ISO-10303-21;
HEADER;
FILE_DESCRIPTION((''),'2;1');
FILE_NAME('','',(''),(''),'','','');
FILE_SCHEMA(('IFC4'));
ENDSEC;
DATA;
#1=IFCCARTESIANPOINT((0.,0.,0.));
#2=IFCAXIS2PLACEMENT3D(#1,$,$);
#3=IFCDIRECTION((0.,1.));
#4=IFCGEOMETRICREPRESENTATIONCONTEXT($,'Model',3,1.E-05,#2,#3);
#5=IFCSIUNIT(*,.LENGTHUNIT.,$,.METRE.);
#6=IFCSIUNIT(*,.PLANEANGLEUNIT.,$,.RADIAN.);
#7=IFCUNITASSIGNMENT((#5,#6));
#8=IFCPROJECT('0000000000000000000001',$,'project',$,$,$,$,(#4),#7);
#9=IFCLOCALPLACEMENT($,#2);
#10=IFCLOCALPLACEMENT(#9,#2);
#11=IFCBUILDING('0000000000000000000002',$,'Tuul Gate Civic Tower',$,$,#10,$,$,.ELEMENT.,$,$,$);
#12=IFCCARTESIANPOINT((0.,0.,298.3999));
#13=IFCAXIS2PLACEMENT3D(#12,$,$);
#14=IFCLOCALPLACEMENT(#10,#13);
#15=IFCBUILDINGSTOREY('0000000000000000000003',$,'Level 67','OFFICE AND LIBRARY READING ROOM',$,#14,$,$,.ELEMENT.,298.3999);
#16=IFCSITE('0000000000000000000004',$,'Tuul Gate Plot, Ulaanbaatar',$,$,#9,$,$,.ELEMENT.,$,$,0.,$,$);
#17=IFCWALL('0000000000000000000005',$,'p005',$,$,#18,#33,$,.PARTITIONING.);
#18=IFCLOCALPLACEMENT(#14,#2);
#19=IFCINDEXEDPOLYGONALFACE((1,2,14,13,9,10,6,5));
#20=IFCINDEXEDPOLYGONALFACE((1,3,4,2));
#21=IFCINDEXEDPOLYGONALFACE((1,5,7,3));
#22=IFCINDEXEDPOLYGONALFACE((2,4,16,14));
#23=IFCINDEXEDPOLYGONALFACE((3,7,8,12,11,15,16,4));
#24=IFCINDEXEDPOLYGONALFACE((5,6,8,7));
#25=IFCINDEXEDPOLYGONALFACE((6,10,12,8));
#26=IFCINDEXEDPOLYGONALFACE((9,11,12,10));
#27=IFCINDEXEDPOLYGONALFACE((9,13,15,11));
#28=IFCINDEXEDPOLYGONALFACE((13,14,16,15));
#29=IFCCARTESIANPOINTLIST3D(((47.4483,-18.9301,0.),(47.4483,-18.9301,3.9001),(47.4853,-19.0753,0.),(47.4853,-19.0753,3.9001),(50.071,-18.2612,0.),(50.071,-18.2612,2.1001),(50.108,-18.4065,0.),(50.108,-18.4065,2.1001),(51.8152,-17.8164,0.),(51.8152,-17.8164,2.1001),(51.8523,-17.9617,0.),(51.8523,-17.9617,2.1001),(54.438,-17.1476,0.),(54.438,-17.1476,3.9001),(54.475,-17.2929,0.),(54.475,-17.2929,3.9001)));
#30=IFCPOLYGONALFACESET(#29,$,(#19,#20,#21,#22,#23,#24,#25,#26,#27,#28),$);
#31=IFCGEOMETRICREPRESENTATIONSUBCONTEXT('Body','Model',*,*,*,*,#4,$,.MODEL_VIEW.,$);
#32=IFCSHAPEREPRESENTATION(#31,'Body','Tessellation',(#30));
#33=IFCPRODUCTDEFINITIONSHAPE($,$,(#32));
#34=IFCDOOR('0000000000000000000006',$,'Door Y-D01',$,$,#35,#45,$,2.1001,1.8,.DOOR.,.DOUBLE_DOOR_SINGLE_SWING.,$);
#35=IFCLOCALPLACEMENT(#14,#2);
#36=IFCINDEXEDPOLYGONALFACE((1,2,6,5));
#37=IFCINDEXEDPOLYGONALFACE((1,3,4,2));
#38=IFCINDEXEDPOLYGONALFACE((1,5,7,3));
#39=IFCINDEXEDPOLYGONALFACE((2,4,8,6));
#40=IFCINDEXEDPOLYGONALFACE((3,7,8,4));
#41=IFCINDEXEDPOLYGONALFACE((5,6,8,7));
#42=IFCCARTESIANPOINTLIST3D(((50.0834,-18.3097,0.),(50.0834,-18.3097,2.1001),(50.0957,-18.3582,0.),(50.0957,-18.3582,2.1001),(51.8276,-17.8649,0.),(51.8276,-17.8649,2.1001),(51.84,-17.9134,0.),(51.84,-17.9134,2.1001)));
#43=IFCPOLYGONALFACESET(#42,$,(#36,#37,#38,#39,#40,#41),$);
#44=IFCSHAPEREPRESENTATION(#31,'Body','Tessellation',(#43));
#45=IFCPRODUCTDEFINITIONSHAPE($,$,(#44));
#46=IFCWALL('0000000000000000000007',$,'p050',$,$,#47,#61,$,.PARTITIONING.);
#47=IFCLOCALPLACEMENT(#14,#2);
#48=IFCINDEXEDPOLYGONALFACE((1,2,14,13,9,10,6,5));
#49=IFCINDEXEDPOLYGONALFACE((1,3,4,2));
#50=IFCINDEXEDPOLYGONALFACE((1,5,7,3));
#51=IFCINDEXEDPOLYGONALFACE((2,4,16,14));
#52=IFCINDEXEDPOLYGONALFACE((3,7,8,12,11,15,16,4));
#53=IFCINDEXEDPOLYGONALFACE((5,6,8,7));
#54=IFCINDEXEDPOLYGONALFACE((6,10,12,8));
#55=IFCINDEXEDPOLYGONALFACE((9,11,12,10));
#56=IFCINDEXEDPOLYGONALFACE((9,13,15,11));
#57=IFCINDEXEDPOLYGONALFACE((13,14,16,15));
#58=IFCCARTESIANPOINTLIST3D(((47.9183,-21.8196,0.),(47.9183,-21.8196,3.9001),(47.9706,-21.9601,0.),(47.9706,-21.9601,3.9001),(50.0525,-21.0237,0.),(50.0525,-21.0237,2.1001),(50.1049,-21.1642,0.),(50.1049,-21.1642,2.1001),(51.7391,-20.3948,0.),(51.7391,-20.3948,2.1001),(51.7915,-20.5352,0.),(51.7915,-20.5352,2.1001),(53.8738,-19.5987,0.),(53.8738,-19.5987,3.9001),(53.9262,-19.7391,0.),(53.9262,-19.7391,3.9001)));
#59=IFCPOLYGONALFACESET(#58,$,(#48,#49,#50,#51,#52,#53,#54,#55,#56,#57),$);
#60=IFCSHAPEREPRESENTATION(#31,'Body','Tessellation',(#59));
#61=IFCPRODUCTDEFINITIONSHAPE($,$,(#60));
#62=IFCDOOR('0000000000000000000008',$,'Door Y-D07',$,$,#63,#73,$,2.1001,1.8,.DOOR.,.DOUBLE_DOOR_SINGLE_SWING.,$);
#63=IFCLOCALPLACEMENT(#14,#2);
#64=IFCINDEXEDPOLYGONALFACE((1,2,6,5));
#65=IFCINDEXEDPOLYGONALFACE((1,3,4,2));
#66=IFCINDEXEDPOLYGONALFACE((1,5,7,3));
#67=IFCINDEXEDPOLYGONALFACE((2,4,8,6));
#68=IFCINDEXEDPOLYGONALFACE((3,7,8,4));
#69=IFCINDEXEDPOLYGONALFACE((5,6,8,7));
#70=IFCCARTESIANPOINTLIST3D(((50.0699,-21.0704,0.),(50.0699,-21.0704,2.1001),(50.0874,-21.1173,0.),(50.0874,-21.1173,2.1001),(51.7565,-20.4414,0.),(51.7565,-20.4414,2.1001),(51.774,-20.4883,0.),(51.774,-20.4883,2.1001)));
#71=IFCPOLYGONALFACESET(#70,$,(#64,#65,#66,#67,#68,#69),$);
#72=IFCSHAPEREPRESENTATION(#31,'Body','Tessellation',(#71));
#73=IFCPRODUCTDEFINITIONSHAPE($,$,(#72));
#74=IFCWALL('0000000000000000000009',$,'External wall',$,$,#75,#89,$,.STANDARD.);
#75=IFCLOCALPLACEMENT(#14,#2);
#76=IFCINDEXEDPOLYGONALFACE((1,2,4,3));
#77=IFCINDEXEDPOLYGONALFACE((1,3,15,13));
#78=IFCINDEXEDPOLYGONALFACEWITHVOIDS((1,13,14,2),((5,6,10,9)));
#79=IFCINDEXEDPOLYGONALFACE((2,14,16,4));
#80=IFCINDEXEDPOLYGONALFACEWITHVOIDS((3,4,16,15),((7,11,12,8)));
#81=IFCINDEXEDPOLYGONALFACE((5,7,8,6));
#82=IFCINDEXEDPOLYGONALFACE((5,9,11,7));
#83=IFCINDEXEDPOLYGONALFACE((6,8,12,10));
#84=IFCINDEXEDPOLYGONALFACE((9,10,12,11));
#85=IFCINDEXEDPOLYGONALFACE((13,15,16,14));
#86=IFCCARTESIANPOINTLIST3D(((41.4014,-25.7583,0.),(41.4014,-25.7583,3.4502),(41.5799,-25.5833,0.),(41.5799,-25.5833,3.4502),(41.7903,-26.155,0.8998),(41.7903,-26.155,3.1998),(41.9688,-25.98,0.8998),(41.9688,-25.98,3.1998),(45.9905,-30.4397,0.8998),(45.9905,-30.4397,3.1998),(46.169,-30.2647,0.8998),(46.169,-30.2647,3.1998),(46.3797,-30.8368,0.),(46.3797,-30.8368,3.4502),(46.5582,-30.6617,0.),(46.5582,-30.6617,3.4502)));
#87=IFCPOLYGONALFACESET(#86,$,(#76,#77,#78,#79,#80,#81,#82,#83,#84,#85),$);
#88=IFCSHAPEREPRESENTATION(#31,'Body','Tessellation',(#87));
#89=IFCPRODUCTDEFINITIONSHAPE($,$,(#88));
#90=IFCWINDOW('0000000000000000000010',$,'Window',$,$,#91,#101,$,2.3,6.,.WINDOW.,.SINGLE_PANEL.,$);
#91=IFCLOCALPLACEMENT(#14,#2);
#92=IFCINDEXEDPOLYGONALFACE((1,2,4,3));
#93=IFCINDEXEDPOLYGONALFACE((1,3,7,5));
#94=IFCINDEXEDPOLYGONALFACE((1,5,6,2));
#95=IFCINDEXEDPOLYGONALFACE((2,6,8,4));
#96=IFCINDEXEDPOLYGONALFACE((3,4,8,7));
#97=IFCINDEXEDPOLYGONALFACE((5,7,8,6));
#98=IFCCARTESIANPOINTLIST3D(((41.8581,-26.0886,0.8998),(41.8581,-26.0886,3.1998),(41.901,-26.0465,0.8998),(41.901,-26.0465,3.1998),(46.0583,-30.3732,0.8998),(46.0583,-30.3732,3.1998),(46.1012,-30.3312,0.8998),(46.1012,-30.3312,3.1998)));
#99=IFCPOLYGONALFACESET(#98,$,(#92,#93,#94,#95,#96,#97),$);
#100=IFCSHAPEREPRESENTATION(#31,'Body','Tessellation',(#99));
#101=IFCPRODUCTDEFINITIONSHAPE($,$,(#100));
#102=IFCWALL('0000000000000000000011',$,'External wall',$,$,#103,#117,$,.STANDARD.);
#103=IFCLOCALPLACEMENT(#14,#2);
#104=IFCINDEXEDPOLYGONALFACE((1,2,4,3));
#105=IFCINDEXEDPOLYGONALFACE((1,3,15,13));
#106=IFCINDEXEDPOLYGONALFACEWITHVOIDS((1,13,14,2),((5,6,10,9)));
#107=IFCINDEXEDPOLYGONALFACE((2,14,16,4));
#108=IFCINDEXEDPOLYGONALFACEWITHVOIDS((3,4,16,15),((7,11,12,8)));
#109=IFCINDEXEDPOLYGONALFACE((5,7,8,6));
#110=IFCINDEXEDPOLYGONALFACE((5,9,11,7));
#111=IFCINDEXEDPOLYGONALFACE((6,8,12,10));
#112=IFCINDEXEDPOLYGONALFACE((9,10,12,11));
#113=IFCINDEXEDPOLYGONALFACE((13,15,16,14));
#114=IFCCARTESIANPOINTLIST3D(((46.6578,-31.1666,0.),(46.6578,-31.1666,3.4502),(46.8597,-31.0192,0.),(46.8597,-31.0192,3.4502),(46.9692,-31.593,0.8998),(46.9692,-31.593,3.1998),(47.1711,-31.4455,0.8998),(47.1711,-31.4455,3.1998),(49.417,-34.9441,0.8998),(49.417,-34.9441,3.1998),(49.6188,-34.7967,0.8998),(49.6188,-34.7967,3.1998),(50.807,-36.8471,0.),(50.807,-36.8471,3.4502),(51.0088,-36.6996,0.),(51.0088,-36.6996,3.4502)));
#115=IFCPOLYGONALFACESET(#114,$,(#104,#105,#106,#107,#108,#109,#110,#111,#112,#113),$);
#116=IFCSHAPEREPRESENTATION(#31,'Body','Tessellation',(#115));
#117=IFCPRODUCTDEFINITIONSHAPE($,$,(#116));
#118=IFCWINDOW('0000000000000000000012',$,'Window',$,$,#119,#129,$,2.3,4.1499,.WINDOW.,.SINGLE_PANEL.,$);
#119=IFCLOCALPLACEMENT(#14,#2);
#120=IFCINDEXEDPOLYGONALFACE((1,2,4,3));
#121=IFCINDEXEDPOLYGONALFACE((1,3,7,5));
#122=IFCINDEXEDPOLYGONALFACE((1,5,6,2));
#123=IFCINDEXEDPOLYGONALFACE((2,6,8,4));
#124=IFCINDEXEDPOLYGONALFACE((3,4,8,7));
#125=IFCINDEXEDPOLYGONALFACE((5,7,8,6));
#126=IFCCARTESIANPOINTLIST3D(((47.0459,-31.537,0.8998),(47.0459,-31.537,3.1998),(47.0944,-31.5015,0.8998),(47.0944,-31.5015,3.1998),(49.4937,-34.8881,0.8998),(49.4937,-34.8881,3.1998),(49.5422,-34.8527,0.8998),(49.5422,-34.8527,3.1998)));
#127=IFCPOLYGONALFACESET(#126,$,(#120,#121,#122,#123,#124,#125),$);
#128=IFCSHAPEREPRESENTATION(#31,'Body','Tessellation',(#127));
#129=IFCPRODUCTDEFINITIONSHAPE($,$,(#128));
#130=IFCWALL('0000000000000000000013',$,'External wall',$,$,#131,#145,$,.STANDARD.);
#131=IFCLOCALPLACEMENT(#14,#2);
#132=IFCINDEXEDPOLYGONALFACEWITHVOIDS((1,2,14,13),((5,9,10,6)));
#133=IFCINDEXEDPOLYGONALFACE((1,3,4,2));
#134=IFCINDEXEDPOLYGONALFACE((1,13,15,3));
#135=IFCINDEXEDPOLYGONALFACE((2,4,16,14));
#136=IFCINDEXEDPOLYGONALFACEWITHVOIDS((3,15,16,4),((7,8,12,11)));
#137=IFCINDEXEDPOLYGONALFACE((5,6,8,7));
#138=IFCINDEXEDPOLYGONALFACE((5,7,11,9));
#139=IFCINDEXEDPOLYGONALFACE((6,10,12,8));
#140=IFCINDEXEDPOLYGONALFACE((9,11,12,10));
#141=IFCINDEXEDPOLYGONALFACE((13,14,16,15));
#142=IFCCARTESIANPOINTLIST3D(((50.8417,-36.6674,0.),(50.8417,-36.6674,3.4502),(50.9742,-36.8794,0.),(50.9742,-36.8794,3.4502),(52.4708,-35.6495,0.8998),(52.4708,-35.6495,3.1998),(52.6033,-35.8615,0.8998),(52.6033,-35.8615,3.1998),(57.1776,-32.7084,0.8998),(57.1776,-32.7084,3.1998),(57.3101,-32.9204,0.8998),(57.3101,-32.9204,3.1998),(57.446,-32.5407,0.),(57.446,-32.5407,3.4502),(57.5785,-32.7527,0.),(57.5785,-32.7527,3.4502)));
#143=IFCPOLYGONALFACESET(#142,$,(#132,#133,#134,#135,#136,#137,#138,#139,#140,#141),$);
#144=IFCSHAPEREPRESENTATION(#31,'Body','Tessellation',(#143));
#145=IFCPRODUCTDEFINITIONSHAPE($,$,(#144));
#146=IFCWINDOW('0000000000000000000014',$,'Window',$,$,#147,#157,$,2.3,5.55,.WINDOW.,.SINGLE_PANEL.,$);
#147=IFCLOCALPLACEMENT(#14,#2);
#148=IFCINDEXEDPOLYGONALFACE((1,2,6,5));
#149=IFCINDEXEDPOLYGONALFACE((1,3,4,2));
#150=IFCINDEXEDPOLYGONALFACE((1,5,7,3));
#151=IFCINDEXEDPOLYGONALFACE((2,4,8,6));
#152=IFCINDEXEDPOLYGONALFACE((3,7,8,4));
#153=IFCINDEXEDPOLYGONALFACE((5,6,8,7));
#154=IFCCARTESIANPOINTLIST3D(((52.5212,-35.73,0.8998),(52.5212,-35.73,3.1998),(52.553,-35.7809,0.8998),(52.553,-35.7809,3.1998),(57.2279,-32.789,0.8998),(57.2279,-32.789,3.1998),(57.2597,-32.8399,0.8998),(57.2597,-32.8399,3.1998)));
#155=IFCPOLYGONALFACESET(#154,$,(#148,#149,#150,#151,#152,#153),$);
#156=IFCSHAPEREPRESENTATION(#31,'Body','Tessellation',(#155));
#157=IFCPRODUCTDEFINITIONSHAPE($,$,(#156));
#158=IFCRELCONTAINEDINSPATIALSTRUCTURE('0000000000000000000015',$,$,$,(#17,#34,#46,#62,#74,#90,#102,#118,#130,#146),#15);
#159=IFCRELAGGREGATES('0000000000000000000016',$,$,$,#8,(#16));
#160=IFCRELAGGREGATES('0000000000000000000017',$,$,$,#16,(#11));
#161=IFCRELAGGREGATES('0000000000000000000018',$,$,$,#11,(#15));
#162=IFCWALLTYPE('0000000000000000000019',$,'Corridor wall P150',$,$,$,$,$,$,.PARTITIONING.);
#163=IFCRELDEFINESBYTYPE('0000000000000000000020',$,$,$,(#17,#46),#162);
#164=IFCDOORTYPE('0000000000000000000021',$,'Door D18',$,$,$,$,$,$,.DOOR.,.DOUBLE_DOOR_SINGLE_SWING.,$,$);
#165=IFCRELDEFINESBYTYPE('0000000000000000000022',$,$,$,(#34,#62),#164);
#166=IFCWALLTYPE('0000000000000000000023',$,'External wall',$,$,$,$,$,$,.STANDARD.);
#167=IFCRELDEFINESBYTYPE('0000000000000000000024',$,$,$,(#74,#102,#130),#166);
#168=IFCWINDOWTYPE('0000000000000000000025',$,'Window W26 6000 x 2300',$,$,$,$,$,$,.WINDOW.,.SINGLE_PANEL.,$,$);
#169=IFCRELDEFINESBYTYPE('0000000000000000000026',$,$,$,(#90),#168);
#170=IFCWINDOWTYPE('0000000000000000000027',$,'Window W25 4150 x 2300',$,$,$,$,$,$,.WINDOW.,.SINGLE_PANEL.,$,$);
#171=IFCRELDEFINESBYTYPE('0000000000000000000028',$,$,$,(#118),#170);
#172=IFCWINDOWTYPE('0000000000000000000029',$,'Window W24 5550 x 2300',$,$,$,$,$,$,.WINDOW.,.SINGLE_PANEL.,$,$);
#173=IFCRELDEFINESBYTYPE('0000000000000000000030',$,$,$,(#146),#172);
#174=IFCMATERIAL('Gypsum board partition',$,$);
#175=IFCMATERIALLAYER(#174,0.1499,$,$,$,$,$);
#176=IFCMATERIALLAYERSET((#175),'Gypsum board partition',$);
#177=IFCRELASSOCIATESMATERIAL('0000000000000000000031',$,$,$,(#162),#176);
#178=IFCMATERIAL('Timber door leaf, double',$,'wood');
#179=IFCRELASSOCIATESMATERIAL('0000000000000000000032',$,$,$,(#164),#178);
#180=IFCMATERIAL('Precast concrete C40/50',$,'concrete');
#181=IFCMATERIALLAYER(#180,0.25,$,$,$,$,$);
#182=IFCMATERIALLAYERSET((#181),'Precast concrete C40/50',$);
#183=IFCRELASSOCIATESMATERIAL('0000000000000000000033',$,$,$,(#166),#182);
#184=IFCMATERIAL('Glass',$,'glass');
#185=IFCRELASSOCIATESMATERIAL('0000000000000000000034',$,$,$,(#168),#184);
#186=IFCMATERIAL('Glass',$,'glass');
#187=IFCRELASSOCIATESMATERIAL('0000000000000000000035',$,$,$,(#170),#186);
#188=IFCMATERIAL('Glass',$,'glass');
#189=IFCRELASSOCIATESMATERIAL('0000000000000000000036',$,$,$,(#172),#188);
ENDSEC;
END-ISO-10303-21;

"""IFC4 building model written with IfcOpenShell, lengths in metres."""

from ifc_helpers import new_model, si_unit, direction, frame, frame_2d, origin, place, context, subcontext, project, spatial, rectangle, extrude, material, layer, layer_set, type_object, element, fill, save


model = new_model("IFC4")

# Units and contexts
model_context = context("Model", 3, precision=1e-05, world=origin(), true_north=direction((0.0, 1.0)))
body_context = subcontext(model_context, "Body", "Model", "MODEL_VIEW")
ifc_project = project(units=[si_unit("LENGTHUNIT", "METRE"), si_unit("PLANEANGLEUNIT", "RADIAN")], contexts=[model_context])

# Site, building, storey
site_placement = place(None, origin())
site = spatial("IfcSite", under=ifc_project, at=site_placement, Name="Tuul Gate Plot, Ulaanbaatar", CompositionType="ELEMENT", RefElevation=0.0)
building_placement = place(site_placement, origin())
building = spatial("IfcBuilding", under=site, at=building_placement, Name="Tuul Gate Civic Tower", CompositionType="ELEMENT")
storey_placement = place(building_placement, frame((0.0, 0.0, 298.3999)))
storey = spatial("IfcBuildingStorey", under=building, at=storey_placement, Name="Level 67", Description="OFFICE AND LIBRARY READING ROOM", CompositionType="ELEMENT", Elevation=298.3999)

# Walls, openings, doors
ifc_material_1 = material(Name="Gypsum board partition")
ifc_layer_1 = layer(ifc_material_1, 0.1499)
ifc_layer_set_1 = layer_set([ifc_layer_1], Name="Gypsum board partition")
wall_type_1 = type_object("IfcWallType", Name="Corridor wall P150", PredefinedType="PARTITIONING", material=ifc_layer_set_1)
wall_1_placement = place(storey_placement, frame((47.4668, -19.0027, 0.0), z_axis=(0.0, 0.0, 1.0), x_axis=(0.968989, 0.247104, 0.0)))
wall_1 = element("IfcWall", 1, at=wall_1_placement, inside=storey, type_object=wall_type_1, Name="p005", PredefinedType="PARTITIONING", context=body_context, shape_type="SweptSolid", body=[
    extrude(rectangle(XDim=7.2134, YDim=0.1499, at=frame_2d((3.6067, 0.0))), origin(), (0.0, 0.0, 1.0), 3.9001),
])
opening_1_placement = place(wall_1_placement, frame((2.7068, 0.0, 0.0)))
opening_1 = element("IfcOpeningElement", 2, at=opening_1_placement, cuts=wall_1, PredefinedType="OPENING", context=body_context, shape_type="SweptSolid", body=[
    extrude(rectangle(XDim=1.8, YDim=2.1001, at=frame_2d((0.8999, 1.05))), frame((0.0, 0.085, 0.0), z_axis=(0.0, -1.0, 0.0), x_axis=(1.0, 0.0, 0.0)), (0.0, 0.0, 1.0), 0.1699),
])
ifc_material_2 = material(Name="Timber door leaf, double", Category="wood")
door_type = type_object("IfcDoorType", Name="Door D18", OperationType="DOUBLE_DOOR_SINGLE_SWING", PredefinedType="DOOR", material=ifc_material_2)
door_1_placement = place(opening_1_placement, origin())
door_1 = element("IfcDoor", 3, at=door_1_placement, inside=storey, type_object=door_type, Name="Door Y-D01", OperationType="DOUBLE_DOOR_SINGLE_SWING", OverallHeight=2.1001, OverallWidth=1.8, PredefinedType="DOOR", context=body_context, shape_type="SweptSolid", body=[
    extrude(rectangle(XDim=1.8, YDim=2.1001, at=frame_2d((0.8999, 1.05))), frame((0.0, 0.0249, 0.0), z_axis=(0.0, -1.0, 0.0), x_axis=(1.0, 0.0, 0.0)), (0.0, 0.0, 1.0), 0.05),
])
fill(opening_1, door_1)
wall_2_placement = place(storey_placement, frame((47.9443, -21.8899, 0.0), z_axis=(0.0, 0.0, 1.0), x_axis=(0.936968, 0.349414, 0.0)))
wall_2 = element("IfcWall", 4, at=wall_2_placement, inside=storey, type_object=wall_type_1, Name="p050", PredefinedType="PARTITIONING", context=body_context, shape_type="SweptSolid", body=[
    extrude(rectangle(XDim=6.3562, YDim=0.1499, at=frame_2d((3.1782, 0.0))), origin(), (0.0, 0.0, 1.0), 3.9001),
])
opening_2_placement = place(wall_2_placement, frame((2.2781, 0.0, 0.0)))
opening_2 = element("IfcOpeningElement", 5, at=opening_2_placement, cuts=wall_2, PredefinedType="OPENING", context=body_context, shape_type="SweptSolid", body=[
    extrude(rectangle(XDim=1.8, YDim=2.1001, at=frame_2d((0.8999, 1.05))), frame((0.0, 0.085, 0.0), z_axis=(0.0, -1.0, 0.0), x_axis=(1.0, 0.0, 0.0)), (0.0, 0.0, 1.0), 0.1699),
])
door_2_placement = place(opening_2_placement, frame((1.8, 0.0, 0.0), z_axis=(0.0, 0.0, 1.0), x_axis=(-1.0, 0.0, 0.0)))
door_2 = element("IfcDoor", 6, at=door_2_placement, inside=storey, type_object=door_type, Name="Door Y-D07", OperationType="DOUBLE_DOOR_SINGLE_SWING", OverallHeight=2.1001, OverallWidth=1.8, PredefinedType="DOOR", context=body_context, shape_type="SweptSolid", body=[
    extrude(rectangle(XDim=1.8, YDim=2.1001, at=frame_2d((0.9001, 1.05))), frame((0.0, 0.0249, 0.0), z_axis=(0.0, -1.0, 0.0), x_axis=(1.0, 0.0, 0.0)), (0.0, 0.0, 1.0), 0.05),
])
fill(opening_2, door_2)

# Walls, openings, windows
ifc_material_3 = material(Name="Precast concrete C40/50", Category="concrete")
ifc_layer_2 = layer(ifc_material_3, 0.25)
ifc_layer_set_2 = layer_set([ifc_layer_2], Name="Precast concrete C40/50")
wall_type_2 = type_object("IfcWallType", Name="External wall", PredefinedType="STANDARD", material=ifc_layer_set_2)
wall_3_placement = place(storey_placement, frame((41.4907, -25.6709, 0.0), z_axis=(0.0, 0.0, 1.0), x_axis=(0.700034, -0.71411, 0.0)))
wall_3 = element("IfcWall", 7, at=wall_3_placement, inside=storey, type_object=wall_type_2, Name="External wall", PredefinedType="STANDARD", context=body_context, shape_type="SweptSolid", body=[
    extrude(rectangle(XDim=7.1116, YDim=0.25, at=frame_2d((3.5557, 0.0))), origin(), (0.0, 0.0, 1.0), 3.4502),
])
opening_3_placement = place(wall_3_placement, frame((0.5554, 0.0, 0.8999)))
opening_3 = element("IfcOpeningElement", 8, at=opening_3_placement, cuts=wall_3, PredefinedType="OPENING", context=body_context, shape_type="SweptSolid", body=[
    extrude(rectangle(XDim=6.0, YDim=2.3, at=frame_2d((3.0, 1.1499))), frame((0.0, 0.135, 0.0), z_axis=(0.0, -1.0, 0.0), x_axis=(1.0, 0.0, 0.0)), (0.0, 0.0, 1.0), 0.27),
])
ifc_material_4 = material(Name="Glass", Category="glass")
window_type_1 = type_object("IfcWindowType", Name="Window W26 6000 x 2300", PartitioningType="SINGLE_PANEL", PredefinedType="WINDOW", material=ifc_material_4)
window_1_placement = place(opening_3_placement, origin())
window_1 = element("IfcWindow", 9, at=window_1_placement, inside=storey, type_object=window_type_1, Name="Window", OverallHeight=2.3, OverallWidth=6.0, PartitioningType="SINGLE_PANEL", PredefinedType="WINDOW", context=body_context, shape_type="SweptSolid", body=[
    extrude(rectangle(XDim=6.0, YDim=2.3, at=frame_2d((3.0, 1.1499))), frame((0.0, 0.03, 0.0), z_axis=(0.0, -1.0, 0.0), x_axis=(1.0, 0.0, 0.0)), (0.0, 0.0, 1.0), 0.0601),
])
fill(opening_3, window_1)
wall_4_placement = place(storey_placement, frame((46.7588, -31.093, 0.0), z_axis=(0.0, 0.0, 1.0), x_axis=(0.58984, -0.80752, 0.0)))
wall_4 = element("IfcWall", 10, at=wall_4_placement, inside=storey, type_object=wall_type_2, Name="External wall", PredefinedType="STANDARD", context=body_context, shape_type="SweptSolid", body=[
    extrude(rectangle(XDim=7.0344, YDim=0.25, at=frame_2d((3.5171, 0.0))), origin(), (0.0, 0.0, 1.0), 3.4502),
])
opening_4_placement = place(wall_4_placement, frame((0.5278, 0.0, 0.8999)))
opening_4 = element("IfcOpeningElement", 11, at=opening_4_placement, cuts=wall_4, PredefinedType="OPENING", context=body_context, shape_type="SweptSolid", body=[
    extrude(rectangle(XDim=4.1499, YDim=2.3, at=frame_2d((2.075, 1.1499))), frame((0.0, 0.135, 0.0), z_axis=(0.0, -1.0, 0.0), x_axis=(1.0, 0.0, 0.0)), (0.0, 0.0, 1.0), 0.27),
])
ifc_material_5 = material(Name="Glass", Category="glass")
window_type_2 = type_object("IfcWindowType", Name="Window W25 4150 x 2300", PartitioningType="SINGLE_PANEL", PredefinedType="WINDOW", material=ifc_material_5)
window_2_placement = place(opening_4_placement, origin())
window_2 = element("IfcWindow", 12, at=window_2_placement, inside=storey, type_object=window_type_2, Name="Window", OverallHeight=2.3, OverallWidth=4.1499, PartitioningType="SINGLE_PANEL", PredefinedType="WINDOW", context=body_context, shape_type="SweptSolid", body=[
    extrude(rectangle(XDim=4.1499, YDim=2.3, at=frame_2d((2.075, 1.1499))), frame((0.0, 0.03, 0.0), z_axis=(0.0, -1.0, 0.0), x_axis=(1.0, 0.0, 0.0)), (0.0, 0.0, 1.0), 0.0601),
])
fill(opening_4, window_2)
wall_5_placement = place(storey_placement, frame((50.908, -36.7734, 0.0), z_axis=(0.0, 0.0, 1.0), x_axis=(0.848053, 0.529912, 0.0)))
wall_5 = element("IfcWall", 13, at=wall_5_placement, inside=storey, type_object=wall_type_2, Name="External wall", PredefinedType="STANDARD", context=body_context, shape_type="SweptSolid", body=[
    extrude(rectangle(XDim=7.7876, YDim=0.25, at=frame_2d((3.8938, 0.0))), origin(), (0.0, 0.0, 1.0), 3.4502),
])
opening_5_placement = place(wall_5_placement, frame((1.9211, 0.0, 0.8999)))
opening_5 = element("IfcOpeningElement", 14, at=opening_5_placement, cuts=wall_5, PredefinedType="OPENING", context=body_context, shape_type="SweptSolid", body=[
    extrude(rectangle(XDim=5.55, YDim=2.3, at=frame_2d((2.7749, 1.1499))), frame((0.0, 0.135, 0.0), z_axis=(0.0, -1.0, 0.0), x_axis=(1.0, 0.0, 0.0)), (0.0, 0.0, 1.0), 0.27),
])
ifc_material_6 = material(Name="Glass", Category="glass")
window_type_3 = type_object("IfcWindowType", Name="Window W24 5550 x 2300", PartitioningType="SINGLE_PANEL", PredefinedType="WINDOW", material=ifc_material_6)
window_3_placement = place(opening_5_placement, origin())
window_3 = element("IfcWindow", 15, at=window_3_placement, inside=storey, type_object=window_type_3, Name="Window", OverallHeight=2.3, OverallWidth=5.55, PartitioningType="SINGLE_PANEL", PredefinedType="WINDOW", context=body_context, shape_type="SweptSolid", body=[
    extrude(rectangle(XDim=5.55, YDim=2.3, at=frame_2d((2.7749, 1.1499))), frame((0.0, 0.03, 0.0), z_axis=(0.0, -1.0, 0.0), x_axis=(1.0, 0.0, 0.0)), (0.0, 0.0, 1.0), 0.0601),
])
fill(opening_5, window_3)

save(model, "model.ifc")
